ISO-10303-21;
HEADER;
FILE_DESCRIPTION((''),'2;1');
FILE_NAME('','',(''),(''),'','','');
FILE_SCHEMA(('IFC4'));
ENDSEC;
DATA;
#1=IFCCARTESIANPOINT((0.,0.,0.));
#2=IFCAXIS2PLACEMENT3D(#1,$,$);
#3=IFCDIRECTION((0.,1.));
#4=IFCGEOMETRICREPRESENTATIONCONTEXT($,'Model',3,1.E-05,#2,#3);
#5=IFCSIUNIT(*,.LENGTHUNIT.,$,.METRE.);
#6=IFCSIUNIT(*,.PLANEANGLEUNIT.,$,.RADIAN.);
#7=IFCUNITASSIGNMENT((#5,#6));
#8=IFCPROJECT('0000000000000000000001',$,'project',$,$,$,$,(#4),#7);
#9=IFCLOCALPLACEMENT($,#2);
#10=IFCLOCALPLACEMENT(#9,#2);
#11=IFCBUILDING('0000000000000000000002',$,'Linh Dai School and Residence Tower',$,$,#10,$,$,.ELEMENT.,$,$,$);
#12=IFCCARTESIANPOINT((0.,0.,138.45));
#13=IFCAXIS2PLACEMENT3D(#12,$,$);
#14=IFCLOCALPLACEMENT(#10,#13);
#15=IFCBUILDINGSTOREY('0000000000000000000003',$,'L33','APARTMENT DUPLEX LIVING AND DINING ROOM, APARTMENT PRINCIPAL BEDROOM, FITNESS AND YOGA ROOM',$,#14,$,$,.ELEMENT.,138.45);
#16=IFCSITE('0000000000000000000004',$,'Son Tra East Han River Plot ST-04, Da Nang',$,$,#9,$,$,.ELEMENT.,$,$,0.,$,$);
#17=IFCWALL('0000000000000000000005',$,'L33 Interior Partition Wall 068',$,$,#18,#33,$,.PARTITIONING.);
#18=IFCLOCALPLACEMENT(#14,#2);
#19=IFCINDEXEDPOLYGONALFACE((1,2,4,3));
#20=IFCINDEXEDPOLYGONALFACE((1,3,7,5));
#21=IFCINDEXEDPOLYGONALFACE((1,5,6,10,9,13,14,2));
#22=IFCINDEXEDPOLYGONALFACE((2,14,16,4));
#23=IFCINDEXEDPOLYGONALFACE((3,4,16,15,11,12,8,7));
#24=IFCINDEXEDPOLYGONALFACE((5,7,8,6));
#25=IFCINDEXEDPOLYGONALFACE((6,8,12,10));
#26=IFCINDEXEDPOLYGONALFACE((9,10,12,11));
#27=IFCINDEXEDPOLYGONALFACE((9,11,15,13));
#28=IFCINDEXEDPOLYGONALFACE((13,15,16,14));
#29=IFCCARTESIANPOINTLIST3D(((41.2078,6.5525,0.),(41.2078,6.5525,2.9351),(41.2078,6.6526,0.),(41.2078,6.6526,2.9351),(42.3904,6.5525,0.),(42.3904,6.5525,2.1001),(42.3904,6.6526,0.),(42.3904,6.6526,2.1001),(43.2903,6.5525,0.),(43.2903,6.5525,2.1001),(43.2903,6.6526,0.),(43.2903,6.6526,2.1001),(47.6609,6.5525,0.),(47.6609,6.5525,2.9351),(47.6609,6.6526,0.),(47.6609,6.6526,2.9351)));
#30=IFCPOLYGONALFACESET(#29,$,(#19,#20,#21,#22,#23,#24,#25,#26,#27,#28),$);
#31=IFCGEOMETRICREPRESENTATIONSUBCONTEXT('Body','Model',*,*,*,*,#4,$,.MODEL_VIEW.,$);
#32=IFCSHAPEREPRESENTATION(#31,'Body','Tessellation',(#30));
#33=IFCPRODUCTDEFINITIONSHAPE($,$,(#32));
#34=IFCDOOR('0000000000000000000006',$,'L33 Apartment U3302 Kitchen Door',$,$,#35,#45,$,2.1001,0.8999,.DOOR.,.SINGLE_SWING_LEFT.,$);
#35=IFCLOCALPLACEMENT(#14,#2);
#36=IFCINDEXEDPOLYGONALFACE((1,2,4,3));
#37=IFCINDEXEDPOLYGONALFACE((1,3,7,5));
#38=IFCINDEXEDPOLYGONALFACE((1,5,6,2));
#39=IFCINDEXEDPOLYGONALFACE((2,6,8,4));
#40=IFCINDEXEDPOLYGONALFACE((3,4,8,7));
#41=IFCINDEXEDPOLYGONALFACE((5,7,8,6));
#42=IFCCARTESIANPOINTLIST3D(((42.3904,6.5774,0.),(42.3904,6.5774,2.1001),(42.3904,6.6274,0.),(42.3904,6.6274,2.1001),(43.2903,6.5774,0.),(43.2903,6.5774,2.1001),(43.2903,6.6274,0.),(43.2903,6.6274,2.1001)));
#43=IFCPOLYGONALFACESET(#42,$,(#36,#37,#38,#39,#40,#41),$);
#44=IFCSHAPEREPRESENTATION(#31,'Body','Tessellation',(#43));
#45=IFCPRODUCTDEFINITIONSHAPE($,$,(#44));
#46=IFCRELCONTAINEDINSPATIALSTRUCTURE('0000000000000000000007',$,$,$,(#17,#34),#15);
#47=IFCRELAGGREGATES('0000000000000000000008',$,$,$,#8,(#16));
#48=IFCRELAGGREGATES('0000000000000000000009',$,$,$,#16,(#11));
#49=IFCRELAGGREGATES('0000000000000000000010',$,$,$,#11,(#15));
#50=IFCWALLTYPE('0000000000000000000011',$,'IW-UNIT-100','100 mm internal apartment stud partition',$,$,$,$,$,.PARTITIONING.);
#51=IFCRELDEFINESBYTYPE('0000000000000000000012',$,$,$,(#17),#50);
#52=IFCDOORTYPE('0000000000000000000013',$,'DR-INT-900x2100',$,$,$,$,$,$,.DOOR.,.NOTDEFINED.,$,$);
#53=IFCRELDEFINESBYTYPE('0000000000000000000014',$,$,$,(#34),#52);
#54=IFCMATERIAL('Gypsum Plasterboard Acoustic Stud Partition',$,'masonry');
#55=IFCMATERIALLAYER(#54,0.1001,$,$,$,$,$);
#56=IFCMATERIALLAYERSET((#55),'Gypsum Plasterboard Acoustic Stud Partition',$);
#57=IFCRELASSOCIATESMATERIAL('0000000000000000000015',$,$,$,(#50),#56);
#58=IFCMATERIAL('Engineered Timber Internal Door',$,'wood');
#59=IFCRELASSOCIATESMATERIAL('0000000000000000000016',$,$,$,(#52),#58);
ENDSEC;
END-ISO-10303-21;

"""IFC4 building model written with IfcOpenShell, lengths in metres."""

from ifc_helpers import new_model, si_unit, direction, frame, frame_2d, origin, origin_2d, place, context, subcontext, project, spatial, rectangle, extrude, source, transform, mapped, material, layer, layer_set, type_object, element, fill, save


model = new_model("IFC4")

# Units and contexts
model_context = context("Model", 3, precision=1e-05, world=origin(), true_north=direction((0.0, 1.0)))
body_context = subcontext(model_context, "Body", "Model", "MODEL_VIEW")
ifc_project = project(units=[si_unit("LENGTHUNIT", "METRE"), si_unit("PLANEANGLEUNIT", "RADIAN")], contexts=[model_context])

# Site, building, storey
site_placement = place(None, origin())
site = spatial("IfcSite", under=ifc_project, at=site_placement, Name="Son Tra East Han River Plot ST-04, Da Nang", CompositionType="ELEMENT", RefElevation=0.0)
building_placement = place(site_placement, origin())
building = spatial("IfcBuilding", under=site, at=building_placement, Name="Linh Dai School and Residence Tower", CompositionType="ELEMENT")
storey_placement = place(building_placement, frame((0.0, 0.0, 138.45)))
storey = spatial("IfcBuildingStorey", under=building, at=storey_placement, Name="L33", Description="APARTMENT DUPLEX LIVING AND DINING ROOM, APARTMENT PRINCIPAL BEDROOM, FITNESS AND YOGA ROOM", CompositionType="ELEMENT", Elevation=138.45)

# Shared definitions
ifc_material_1 = material(Name="Gypsum Plasterboard Acoustic Stud Partition", Category="masonry")
ifc_layer_1 = layer(ifc_material_1, 0.1001)
ifc_layer_set_1 = layer_set([ifc_layer_1], Name="Gypsum Plasterboard Acoustic Stud Partition")
wall_type_1 = type_object("IfcWallType", Name="IW-UNIT-100", Description="100 mm internal apartment stud partition", PredefinedType="PARTITIONING", material=ifc_layer_set_1)

# Wall, opening, door
ifc_material_2 = material(Name="Engineered Timber Internal Door", Category="wood")
door_type_1 = type_object("IfcDoorType", Name="DR-INT-900x2100", OperationType="NOTDEFINED", PredefinedType="DOOR", material=ifc_material_2)
shared_shape_1 = source(origin(), body_context, "Body", "SweptSolid", [
    extrude(rectangle(XDim=0.8999, YDim=2.1001, at=origin_2d()), frame((0.45, 0.0249, 1.05), z_axis=(0.0, -1.0, 0.0), x_axis=(1.0, 0.0, 0.0)), (0.0, 0.0, 1.0), 0.05),
])
wall_1_placement = place(storey_placement, frame((41.2078, 6.6025, 0.0), z_axis=(0.0, 0.0, 1.0), x_axis=(1.0, 0.0, 0.0)))
wall_1 = element("IfcWall", 1, at=wall_1_placement, inside=storey, type_object=wall_type_1, Name="L33 Interior Partition Wall 068", PredefinedType="PARTITIONING", context=body_context, shape_type="SweptSolid", body=[
    extrude(rectangle(XDim=6.4531, YDim=0.1001, at=frame_2d((3.2266, 0.0))), origin(), (0.0, 0.0, 1.0), 2.9351),
])
opening_1_placement = place(wall_1_placement, frame((1.1826, 0.0, 0.0)))
opening_1 = element("IfcOpeningElement", 2, at=opening_1_placement, cuts=wall_1, PredefinedType="OPENING", context=body_context, shape_type="SweptSolid", body=[
    extrude(rectangle(XDim=0.8999, YDim=2.1001, at=origin_2d()), frame((0.45, 0.0601, 1.05), z_axis=(0.0, -1.0, 0.0), x_axis=(1.0, 0.0, 0.0)), (0.0, 0.0, 1.0), 0.1201),
])
door_1_placement = place(opening_1_placement, origin())
door_1 = element("IfcDoor", 3, at=door_1_placement, inside=storey, type_object=door_type_1, Name="L33 Apartment U3302 Kitchen Door", OperationType="SINGLE_SWING_LEFT", OverallHeight=2.1001, OverallWidth=0.8999, PredefinedType="DOOR", context=body_context, shape_type="MappedRepresentation", body=[
    mapped(shared_shape_1, transform((0.0, 0.0, 0.0), x_axis=(1.0, 0.0, 0.0), y_axis=(0.0, 1.0, 0.0), z_axis=(0.0, 0.0, 1.0), scale=1.0)),
])
fill(opening_1, door_1)

save(model, "model.ifc")
